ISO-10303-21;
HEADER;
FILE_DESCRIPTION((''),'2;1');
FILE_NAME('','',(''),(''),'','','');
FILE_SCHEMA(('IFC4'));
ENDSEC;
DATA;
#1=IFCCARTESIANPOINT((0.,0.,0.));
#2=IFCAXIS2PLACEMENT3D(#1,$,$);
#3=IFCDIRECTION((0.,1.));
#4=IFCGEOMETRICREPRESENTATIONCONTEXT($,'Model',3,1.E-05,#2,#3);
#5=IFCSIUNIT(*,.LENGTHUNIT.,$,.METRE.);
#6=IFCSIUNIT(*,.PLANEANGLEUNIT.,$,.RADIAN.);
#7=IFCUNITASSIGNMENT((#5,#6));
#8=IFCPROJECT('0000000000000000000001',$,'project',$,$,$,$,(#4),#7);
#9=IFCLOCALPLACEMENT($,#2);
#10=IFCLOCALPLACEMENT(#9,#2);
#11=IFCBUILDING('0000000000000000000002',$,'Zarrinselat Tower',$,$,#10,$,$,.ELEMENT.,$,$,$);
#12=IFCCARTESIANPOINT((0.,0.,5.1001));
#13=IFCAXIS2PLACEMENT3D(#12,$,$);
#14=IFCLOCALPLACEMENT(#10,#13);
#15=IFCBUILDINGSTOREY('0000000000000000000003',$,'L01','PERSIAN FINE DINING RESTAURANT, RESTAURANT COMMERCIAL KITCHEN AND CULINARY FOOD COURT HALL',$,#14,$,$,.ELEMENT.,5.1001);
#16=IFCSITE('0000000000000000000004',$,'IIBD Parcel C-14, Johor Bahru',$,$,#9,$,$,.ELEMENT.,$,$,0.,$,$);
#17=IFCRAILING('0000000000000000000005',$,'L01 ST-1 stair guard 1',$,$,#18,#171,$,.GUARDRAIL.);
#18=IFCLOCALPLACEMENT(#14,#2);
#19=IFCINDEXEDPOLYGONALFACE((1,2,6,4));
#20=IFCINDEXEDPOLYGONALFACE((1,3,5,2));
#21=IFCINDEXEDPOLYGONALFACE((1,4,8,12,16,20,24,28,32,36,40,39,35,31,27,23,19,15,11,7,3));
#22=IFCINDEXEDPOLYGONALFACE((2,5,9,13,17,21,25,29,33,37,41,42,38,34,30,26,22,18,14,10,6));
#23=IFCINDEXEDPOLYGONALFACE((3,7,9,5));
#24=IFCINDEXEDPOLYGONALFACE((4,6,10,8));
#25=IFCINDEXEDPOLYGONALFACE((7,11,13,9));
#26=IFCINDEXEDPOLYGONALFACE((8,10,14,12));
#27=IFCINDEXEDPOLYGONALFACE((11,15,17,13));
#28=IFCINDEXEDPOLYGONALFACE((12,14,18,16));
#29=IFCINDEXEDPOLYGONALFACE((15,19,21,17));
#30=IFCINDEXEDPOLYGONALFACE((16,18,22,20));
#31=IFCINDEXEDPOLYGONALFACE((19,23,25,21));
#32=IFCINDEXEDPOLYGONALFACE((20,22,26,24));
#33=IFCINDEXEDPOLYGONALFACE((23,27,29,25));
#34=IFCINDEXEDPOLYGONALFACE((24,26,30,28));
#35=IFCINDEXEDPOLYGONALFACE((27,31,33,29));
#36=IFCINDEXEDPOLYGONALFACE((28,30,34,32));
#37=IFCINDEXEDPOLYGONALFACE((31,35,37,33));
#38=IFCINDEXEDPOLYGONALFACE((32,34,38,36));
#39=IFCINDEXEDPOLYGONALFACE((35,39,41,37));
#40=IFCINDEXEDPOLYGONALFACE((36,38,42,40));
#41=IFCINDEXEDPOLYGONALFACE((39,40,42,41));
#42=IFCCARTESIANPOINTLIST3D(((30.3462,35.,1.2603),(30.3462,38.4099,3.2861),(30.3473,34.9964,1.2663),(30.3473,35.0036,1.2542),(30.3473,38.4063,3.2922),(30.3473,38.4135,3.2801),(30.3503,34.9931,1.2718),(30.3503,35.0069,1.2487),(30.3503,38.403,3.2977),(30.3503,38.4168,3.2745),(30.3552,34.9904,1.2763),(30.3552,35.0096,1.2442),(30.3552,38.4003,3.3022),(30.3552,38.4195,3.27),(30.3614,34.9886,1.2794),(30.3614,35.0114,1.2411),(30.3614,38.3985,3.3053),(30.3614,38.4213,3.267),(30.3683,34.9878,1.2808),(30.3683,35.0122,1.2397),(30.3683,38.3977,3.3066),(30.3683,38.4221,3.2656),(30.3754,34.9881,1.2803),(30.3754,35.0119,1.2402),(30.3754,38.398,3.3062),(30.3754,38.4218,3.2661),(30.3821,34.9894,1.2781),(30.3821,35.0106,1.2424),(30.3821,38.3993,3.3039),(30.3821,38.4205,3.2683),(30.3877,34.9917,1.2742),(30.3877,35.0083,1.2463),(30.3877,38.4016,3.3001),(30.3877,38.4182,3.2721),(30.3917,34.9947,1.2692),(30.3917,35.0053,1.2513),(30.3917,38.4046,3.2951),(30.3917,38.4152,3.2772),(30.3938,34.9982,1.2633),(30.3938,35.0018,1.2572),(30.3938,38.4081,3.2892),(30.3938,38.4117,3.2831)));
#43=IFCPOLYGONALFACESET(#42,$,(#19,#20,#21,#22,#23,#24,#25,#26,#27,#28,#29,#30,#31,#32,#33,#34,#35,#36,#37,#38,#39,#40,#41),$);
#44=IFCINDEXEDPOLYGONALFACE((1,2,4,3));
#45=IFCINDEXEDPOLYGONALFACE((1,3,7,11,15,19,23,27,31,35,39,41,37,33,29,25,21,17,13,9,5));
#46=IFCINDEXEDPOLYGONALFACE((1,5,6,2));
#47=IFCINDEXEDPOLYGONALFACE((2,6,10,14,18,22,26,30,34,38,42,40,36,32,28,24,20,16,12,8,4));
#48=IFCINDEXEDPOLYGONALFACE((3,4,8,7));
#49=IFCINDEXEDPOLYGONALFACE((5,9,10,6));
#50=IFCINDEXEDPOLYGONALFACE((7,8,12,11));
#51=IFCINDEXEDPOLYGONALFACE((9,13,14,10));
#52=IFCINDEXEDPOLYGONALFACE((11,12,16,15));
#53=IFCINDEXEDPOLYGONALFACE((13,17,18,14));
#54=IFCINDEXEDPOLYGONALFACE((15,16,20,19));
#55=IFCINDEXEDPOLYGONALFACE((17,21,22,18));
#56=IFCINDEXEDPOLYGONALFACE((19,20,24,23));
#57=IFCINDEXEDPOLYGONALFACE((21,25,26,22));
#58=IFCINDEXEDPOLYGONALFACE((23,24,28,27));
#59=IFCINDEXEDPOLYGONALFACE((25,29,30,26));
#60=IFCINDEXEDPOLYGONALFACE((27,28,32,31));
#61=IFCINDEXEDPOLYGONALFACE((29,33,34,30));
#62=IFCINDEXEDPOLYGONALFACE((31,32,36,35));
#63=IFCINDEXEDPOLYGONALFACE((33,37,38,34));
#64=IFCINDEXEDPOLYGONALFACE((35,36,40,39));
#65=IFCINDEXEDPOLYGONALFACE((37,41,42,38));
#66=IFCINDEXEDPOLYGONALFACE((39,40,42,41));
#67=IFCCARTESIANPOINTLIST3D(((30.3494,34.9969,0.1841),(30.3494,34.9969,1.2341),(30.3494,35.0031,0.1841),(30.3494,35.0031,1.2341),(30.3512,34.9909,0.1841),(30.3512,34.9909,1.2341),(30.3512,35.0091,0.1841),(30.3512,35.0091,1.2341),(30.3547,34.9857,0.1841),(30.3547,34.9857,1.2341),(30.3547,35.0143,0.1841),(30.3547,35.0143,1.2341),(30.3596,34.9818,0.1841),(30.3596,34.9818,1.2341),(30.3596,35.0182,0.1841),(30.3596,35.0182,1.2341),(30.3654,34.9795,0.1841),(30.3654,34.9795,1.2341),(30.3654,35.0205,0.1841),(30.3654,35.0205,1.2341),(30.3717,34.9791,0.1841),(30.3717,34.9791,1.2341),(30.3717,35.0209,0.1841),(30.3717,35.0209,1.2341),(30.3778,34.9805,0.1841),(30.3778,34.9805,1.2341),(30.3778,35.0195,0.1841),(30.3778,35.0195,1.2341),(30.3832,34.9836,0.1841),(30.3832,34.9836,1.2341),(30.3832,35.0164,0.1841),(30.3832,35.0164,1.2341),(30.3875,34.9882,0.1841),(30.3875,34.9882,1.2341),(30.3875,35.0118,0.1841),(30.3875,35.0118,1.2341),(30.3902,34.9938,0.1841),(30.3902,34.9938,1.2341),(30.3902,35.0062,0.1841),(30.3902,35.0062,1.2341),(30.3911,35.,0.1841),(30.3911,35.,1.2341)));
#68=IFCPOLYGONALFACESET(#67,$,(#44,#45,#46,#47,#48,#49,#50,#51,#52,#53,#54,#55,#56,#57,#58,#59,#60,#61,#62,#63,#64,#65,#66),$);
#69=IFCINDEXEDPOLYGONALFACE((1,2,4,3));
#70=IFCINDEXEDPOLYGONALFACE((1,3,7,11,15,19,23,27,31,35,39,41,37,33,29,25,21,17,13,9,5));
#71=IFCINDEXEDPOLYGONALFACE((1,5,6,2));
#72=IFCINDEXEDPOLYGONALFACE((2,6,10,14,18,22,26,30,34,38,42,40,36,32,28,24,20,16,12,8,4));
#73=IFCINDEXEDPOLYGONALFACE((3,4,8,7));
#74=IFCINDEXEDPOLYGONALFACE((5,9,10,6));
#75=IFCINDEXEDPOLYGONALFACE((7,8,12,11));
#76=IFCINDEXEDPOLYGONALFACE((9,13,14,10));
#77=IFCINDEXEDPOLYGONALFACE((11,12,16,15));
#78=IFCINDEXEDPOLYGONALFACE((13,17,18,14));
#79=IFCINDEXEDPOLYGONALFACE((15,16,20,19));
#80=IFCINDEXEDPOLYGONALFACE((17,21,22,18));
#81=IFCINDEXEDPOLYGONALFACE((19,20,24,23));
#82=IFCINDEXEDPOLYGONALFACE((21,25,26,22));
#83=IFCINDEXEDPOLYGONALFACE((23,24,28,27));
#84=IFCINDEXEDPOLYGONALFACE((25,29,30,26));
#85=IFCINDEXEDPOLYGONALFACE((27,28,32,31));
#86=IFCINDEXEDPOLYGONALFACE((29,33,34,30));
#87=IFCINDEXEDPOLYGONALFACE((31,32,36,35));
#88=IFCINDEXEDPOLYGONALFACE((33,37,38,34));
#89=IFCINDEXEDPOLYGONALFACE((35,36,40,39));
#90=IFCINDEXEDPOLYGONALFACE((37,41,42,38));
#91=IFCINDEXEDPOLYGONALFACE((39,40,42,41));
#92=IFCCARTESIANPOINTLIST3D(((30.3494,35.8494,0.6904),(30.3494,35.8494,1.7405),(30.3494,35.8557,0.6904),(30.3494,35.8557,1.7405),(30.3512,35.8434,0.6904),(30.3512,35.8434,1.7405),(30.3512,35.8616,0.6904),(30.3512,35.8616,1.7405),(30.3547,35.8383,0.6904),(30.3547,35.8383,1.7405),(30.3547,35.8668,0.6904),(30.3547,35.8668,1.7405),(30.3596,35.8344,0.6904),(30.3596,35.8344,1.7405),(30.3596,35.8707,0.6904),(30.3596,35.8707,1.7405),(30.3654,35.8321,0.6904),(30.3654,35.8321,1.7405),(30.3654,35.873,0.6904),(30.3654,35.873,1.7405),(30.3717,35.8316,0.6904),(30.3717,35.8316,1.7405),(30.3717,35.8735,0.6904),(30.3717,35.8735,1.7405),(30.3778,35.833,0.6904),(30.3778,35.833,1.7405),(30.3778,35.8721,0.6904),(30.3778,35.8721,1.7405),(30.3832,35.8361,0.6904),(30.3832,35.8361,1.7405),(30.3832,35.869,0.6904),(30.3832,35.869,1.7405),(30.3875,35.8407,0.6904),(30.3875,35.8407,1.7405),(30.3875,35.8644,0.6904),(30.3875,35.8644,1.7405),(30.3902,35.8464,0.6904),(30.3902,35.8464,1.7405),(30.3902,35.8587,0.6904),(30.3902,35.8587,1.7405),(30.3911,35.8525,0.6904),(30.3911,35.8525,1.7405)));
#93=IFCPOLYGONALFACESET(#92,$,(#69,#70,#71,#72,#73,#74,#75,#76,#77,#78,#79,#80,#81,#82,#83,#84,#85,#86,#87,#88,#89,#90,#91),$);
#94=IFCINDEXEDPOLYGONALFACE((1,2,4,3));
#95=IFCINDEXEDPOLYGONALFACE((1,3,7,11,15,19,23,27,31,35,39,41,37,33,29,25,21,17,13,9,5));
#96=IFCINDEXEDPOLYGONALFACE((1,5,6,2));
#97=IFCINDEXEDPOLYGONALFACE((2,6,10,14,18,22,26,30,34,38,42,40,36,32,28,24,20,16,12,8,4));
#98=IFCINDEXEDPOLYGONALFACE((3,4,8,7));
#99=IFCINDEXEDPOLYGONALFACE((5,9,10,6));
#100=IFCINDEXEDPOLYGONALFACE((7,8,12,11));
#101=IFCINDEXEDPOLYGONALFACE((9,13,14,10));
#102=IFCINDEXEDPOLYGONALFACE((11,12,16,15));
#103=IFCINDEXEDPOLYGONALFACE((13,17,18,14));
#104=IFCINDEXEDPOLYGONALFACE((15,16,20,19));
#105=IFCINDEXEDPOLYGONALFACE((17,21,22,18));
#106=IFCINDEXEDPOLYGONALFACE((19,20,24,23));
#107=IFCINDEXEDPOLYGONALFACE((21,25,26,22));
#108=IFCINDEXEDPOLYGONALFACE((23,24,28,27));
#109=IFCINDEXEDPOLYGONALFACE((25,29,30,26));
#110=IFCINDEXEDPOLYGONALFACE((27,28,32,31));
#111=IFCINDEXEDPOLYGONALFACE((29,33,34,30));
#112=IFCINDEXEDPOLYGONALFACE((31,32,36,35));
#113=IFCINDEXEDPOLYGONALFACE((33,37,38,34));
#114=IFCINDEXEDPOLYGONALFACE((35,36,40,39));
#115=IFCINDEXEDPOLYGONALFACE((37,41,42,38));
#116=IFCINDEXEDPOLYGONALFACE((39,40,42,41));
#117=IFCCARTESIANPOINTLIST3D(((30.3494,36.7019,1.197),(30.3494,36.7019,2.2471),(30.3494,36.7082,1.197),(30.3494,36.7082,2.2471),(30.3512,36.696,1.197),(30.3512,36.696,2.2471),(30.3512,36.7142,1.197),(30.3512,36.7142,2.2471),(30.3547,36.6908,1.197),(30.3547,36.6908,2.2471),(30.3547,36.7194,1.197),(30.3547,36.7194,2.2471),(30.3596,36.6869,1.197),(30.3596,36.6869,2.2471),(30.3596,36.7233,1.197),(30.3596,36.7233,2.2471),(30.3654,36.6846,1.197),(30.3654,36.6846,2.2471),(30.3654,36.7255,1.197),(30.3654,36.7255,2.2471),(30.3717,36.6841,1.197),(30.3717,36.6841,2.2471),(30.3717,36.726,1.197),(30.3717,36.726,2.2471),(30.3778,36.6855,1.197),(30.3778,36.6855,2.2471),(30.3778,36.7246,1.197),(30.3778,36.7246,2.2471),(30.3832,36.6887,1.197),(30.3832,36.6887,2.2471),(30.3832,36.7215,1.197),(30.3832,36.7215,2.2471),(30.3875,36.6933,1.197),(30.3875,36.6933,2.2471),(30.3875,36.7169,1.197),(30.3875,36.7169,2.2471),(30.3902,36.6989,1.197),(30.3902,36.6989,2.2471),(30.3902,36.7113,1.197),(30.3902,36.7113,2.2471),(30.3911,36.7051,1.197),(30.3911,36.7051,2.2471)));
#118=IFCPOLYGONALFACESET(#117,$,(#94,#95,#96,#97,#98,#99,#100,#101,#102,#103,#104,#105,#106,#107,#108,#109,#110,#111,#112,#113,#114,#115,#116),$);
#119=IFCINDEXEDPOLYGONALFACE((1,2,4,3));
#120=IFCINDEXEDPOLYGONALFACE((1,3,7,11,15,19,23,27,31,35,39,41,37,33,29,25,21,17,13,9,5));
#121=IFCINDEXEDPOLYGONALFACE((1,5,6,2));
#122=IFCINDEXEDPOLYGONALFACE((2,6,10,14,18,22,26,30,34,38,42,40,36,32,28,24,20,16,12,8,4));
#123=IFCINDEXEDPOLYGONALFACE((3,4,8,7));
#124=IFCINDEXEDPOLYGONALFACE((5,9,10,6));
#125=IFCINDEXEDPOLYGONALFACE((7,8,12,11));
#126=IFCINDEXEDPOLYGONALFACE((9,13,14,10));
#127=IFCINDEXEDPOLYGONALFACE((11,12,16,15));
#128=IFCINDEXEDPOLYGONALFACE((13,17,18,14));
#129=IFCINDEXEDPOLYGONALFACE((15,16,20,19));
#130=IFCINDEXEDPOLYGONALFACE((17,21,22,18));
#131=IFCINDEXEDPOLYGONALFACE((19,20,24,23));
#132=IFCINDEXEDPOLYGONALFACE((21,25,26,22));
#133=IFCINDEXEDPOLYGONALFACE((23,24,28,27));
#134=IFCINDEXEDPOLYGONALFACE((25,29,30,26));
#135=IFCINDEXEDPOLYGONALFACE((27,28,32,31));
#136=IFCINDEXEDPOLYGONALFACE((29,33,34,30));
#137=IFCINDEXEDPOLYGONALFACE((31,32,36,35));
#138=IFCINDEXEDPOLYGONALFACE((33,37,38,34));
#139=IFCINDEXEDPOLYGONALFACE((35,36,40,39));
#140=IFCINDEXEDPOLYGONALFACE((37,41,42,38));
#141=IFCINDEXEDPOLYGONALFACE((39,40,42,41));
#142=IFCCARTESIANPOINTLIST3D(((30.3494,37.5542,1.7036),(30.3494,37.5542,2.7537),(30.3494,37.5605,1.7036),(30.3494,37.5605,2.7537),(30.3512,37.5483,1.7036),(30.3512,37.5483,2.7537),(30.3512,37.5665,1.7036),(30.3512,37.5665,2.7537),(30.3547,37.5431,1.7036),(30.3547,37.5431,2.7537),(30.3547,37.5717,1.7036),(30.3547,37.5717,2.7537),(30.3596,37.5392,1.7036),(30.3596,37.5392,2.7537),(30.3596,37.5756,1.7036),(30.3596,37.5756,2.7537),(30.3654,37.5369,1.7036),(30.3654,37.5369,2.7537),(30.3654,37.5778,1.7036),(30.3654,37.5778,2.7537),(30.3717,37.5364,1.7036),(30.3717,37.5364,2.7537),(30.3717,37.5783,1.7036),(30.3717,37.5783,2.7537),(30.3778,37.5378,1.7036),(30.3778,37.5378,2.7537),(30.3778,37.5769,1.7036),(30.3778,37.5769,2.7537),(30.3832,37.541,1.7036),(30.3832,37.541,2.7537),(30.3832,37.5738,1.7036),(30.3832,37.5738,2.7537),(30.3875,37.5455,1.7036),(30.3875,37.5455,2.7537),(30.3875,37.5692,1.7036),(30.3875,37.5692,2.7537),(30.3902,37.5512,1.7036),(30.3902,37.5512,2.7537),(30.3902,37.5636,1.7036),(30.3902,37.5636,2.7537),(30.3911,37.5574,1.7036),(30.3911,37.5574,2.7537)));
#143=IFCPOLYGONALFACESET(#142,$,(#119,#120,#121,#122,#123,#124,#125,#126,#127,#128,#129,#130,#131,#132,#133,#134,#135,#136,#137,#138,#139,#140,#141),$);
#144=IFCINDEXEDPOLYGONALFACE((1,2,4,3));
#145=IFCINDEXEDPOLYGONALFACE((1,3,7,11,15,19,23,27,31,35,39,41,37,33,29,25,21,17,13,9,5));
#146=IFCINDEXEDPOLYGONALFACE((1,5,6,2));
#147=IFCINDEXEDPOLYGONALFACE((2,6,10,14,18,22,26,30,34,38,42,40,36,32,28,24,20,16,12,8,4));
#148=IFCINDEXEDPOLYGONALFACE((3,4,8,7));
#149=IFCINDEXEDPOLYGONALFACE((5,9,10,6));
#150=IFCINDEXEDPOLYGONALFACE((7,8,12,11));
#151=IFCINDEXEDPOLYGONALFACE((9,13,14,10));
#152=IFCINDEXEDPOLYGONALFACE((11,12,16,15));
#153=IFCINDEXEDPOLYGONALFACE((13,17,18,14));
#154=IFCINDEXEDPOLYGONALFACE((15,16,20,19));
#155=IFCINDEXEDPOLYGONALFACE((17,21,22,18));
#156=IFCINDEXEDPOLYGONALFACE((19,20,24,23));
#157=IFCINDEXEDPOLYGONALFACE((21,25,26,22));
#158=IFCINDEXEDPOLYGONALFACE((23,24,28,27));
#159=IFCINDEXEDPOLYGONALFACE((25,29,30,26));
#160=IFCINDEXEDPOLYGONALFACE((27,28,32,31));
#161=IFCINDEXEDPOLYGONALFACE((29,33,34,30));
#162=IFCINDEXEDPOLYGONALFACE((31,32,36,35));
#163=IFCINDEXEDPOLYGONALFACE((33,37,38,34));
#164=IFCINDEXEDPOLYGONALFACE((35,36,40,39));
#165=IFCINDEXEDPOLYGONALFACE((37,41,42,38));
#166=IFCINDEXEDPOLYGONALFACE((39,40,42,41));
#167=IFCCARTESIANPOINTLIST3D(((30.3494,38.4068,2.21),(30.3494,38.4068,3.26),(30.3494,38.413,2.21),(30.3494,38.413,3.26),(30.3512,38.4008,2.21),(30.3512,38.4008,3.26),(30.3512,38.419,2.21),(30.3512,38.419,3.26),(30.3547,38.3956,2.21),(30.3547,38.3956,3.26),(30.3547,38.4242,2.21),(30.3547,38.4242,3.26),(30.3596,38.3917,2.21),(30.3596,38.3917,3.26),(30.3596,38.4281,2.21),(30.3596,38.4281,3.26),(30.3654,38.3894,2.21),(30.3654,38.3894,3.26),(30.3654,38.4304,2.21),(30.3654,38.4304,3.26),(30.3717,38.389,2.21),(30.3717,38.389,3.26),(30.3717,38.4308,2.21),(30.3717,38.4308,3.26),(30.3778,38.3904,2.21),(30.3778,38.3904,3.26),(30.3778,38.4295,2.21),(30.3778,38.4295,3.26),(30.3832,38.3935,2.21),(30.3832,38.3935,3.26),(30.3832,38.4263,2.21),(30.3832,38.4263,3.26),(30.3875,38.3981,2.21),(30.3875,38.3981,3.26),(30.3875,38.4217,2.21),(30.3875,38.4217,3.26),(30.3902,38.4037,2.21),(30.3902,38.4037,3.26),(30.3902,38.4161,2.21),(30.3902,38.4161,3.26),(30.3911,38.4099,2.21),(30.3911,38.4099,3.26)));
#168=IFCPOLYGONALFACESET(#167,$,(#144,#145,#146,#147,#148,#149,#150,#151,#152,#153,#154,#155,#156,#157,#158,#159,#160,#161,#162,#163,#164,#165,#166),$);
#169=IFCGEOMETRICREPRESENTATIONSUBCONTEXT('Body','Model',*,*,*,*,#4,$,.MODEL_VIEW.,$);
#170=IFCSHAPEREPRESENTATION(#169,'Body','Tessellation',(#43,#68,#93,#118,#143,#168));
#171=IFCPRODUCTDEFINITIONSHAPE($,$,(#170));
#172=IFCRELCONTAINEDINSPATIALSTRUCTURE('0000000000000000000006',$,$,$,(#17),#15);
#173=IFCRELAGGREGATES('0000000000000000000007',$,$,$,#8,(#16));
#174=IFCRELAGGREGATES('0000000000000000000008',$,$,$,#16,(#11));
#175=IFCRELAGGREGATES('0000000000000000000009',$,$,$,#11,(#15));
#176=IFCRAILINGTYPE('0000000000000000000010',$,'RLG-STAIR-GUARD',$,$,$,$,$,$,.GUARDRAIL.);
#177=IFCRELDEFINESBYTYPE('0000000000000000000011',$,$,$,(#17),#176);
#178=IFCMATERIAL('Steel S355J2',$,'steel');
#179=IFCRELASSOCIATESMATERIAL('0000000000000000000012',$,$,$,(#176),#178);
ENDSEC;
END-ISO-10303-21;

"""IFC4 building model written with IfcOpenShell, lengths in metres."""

from ifc_helpers import new_model, si_unit, direction, frame, origin, origin_2d, place, context, subcontext, project, spatial, circle, extrude, material, type_object, element, save


model = new_model("IFC4")

# Units and contexts
model_context = context("Model", 3, precision=1e-05, world=origin(), true_north=direction((0.0, 1.0)))
body_context = subcontext(model_context, "Body", "Model", "MODEL_VIEW")
ifc_project = project(units=[si_unit("LENGTHUNIT", "METRE"), si_unit("PLANEANGLEUNIT", "RADIAN")], contexts=[model_context])

# Site, building, storey
site_placement = place(None, origin())
site = spatial("IfcSite", under=ifc_project, at=site_placement, Name="IIBD Parcel C-14, Johor Bahru", CompositionType="ELEMENT", RefElevation=0.0)
building_placement = place(site_placement, origin())
building = spatial("IfcBuilding", under=site, at=building_placement, Name="Zarrinselat Tower", CompositionType="ELEMENT")
storey_placement = place(building_placement, frame((0.0, 0.0, 5.1001)))
storey = spatial("IfcBuildingStorey", under=building, at=storey_placement, Name="L01", Description="PERSIAN FINE DINING RESTAURANT, RESTAURANT COMMERCIAL KITCHEN AND CULINARY FOOD COURT HALL", CompositionType="ELEMENT", Elevation=5.1001)

# Railing
ifc_material_1 = material(Name="Steel S355J2", Category="steel")
railing_type_1 = type_object("IfcRailingType", Name="RLG-STAIR-GUARD", PredefinedType="GUARDRAIL", material=ifc_material_1)
railing_1_placement = place(storey_placement, frame((30.3701, 35.0, 0.1841)))
element("IfcRailing", 1, at=railing_1_placement, inside=storey, type_object=railing_type_1, Name="L01 ST-1 stair guard 1", PredefinedType="GUARDRAIL", context=body_context, shape_type="SweptSolid", body=[
    extrude(circle(Radius=0.0239, at=origin_2d()), frame((0.0, 0.0, 1.0762), z_axis=(0.0, 0.859717, 0.510771), x_axis=(-1.0, 0.0, 0.0)), (0.0, 0.0, 1.0), 3.9663),
    extrude(circle(Radius=0.021, at=origin_2d()), origin(), (0.0, 0.0, 1.0), 1.05),
    extrude(circle(Radius=0.021, at=origin_2d()), frame((0.0, 0.8525, 0.5063)), (0.0, 0.0, 1.0), 1.05),
    extrude(circle(Radius=0.021, at=origin_2d()), frame((0.0, 1.7051, 1.0129)), (0.0, 0.0, 1.0), 1.05),
    extrude(circle(Radius=0.021, at=origin_2d()), frame((0.0, 2.5574, 1.5195)), (0.0, 0.0, 1.0), 1.05),
    extrude(circle(Radius=0.021, at=origin_2d()), frame((0.0, 3.4099, 2.0259)), (0.0, 0.0, 1.0), 1.05),
])

save(model, "model.ifc")
